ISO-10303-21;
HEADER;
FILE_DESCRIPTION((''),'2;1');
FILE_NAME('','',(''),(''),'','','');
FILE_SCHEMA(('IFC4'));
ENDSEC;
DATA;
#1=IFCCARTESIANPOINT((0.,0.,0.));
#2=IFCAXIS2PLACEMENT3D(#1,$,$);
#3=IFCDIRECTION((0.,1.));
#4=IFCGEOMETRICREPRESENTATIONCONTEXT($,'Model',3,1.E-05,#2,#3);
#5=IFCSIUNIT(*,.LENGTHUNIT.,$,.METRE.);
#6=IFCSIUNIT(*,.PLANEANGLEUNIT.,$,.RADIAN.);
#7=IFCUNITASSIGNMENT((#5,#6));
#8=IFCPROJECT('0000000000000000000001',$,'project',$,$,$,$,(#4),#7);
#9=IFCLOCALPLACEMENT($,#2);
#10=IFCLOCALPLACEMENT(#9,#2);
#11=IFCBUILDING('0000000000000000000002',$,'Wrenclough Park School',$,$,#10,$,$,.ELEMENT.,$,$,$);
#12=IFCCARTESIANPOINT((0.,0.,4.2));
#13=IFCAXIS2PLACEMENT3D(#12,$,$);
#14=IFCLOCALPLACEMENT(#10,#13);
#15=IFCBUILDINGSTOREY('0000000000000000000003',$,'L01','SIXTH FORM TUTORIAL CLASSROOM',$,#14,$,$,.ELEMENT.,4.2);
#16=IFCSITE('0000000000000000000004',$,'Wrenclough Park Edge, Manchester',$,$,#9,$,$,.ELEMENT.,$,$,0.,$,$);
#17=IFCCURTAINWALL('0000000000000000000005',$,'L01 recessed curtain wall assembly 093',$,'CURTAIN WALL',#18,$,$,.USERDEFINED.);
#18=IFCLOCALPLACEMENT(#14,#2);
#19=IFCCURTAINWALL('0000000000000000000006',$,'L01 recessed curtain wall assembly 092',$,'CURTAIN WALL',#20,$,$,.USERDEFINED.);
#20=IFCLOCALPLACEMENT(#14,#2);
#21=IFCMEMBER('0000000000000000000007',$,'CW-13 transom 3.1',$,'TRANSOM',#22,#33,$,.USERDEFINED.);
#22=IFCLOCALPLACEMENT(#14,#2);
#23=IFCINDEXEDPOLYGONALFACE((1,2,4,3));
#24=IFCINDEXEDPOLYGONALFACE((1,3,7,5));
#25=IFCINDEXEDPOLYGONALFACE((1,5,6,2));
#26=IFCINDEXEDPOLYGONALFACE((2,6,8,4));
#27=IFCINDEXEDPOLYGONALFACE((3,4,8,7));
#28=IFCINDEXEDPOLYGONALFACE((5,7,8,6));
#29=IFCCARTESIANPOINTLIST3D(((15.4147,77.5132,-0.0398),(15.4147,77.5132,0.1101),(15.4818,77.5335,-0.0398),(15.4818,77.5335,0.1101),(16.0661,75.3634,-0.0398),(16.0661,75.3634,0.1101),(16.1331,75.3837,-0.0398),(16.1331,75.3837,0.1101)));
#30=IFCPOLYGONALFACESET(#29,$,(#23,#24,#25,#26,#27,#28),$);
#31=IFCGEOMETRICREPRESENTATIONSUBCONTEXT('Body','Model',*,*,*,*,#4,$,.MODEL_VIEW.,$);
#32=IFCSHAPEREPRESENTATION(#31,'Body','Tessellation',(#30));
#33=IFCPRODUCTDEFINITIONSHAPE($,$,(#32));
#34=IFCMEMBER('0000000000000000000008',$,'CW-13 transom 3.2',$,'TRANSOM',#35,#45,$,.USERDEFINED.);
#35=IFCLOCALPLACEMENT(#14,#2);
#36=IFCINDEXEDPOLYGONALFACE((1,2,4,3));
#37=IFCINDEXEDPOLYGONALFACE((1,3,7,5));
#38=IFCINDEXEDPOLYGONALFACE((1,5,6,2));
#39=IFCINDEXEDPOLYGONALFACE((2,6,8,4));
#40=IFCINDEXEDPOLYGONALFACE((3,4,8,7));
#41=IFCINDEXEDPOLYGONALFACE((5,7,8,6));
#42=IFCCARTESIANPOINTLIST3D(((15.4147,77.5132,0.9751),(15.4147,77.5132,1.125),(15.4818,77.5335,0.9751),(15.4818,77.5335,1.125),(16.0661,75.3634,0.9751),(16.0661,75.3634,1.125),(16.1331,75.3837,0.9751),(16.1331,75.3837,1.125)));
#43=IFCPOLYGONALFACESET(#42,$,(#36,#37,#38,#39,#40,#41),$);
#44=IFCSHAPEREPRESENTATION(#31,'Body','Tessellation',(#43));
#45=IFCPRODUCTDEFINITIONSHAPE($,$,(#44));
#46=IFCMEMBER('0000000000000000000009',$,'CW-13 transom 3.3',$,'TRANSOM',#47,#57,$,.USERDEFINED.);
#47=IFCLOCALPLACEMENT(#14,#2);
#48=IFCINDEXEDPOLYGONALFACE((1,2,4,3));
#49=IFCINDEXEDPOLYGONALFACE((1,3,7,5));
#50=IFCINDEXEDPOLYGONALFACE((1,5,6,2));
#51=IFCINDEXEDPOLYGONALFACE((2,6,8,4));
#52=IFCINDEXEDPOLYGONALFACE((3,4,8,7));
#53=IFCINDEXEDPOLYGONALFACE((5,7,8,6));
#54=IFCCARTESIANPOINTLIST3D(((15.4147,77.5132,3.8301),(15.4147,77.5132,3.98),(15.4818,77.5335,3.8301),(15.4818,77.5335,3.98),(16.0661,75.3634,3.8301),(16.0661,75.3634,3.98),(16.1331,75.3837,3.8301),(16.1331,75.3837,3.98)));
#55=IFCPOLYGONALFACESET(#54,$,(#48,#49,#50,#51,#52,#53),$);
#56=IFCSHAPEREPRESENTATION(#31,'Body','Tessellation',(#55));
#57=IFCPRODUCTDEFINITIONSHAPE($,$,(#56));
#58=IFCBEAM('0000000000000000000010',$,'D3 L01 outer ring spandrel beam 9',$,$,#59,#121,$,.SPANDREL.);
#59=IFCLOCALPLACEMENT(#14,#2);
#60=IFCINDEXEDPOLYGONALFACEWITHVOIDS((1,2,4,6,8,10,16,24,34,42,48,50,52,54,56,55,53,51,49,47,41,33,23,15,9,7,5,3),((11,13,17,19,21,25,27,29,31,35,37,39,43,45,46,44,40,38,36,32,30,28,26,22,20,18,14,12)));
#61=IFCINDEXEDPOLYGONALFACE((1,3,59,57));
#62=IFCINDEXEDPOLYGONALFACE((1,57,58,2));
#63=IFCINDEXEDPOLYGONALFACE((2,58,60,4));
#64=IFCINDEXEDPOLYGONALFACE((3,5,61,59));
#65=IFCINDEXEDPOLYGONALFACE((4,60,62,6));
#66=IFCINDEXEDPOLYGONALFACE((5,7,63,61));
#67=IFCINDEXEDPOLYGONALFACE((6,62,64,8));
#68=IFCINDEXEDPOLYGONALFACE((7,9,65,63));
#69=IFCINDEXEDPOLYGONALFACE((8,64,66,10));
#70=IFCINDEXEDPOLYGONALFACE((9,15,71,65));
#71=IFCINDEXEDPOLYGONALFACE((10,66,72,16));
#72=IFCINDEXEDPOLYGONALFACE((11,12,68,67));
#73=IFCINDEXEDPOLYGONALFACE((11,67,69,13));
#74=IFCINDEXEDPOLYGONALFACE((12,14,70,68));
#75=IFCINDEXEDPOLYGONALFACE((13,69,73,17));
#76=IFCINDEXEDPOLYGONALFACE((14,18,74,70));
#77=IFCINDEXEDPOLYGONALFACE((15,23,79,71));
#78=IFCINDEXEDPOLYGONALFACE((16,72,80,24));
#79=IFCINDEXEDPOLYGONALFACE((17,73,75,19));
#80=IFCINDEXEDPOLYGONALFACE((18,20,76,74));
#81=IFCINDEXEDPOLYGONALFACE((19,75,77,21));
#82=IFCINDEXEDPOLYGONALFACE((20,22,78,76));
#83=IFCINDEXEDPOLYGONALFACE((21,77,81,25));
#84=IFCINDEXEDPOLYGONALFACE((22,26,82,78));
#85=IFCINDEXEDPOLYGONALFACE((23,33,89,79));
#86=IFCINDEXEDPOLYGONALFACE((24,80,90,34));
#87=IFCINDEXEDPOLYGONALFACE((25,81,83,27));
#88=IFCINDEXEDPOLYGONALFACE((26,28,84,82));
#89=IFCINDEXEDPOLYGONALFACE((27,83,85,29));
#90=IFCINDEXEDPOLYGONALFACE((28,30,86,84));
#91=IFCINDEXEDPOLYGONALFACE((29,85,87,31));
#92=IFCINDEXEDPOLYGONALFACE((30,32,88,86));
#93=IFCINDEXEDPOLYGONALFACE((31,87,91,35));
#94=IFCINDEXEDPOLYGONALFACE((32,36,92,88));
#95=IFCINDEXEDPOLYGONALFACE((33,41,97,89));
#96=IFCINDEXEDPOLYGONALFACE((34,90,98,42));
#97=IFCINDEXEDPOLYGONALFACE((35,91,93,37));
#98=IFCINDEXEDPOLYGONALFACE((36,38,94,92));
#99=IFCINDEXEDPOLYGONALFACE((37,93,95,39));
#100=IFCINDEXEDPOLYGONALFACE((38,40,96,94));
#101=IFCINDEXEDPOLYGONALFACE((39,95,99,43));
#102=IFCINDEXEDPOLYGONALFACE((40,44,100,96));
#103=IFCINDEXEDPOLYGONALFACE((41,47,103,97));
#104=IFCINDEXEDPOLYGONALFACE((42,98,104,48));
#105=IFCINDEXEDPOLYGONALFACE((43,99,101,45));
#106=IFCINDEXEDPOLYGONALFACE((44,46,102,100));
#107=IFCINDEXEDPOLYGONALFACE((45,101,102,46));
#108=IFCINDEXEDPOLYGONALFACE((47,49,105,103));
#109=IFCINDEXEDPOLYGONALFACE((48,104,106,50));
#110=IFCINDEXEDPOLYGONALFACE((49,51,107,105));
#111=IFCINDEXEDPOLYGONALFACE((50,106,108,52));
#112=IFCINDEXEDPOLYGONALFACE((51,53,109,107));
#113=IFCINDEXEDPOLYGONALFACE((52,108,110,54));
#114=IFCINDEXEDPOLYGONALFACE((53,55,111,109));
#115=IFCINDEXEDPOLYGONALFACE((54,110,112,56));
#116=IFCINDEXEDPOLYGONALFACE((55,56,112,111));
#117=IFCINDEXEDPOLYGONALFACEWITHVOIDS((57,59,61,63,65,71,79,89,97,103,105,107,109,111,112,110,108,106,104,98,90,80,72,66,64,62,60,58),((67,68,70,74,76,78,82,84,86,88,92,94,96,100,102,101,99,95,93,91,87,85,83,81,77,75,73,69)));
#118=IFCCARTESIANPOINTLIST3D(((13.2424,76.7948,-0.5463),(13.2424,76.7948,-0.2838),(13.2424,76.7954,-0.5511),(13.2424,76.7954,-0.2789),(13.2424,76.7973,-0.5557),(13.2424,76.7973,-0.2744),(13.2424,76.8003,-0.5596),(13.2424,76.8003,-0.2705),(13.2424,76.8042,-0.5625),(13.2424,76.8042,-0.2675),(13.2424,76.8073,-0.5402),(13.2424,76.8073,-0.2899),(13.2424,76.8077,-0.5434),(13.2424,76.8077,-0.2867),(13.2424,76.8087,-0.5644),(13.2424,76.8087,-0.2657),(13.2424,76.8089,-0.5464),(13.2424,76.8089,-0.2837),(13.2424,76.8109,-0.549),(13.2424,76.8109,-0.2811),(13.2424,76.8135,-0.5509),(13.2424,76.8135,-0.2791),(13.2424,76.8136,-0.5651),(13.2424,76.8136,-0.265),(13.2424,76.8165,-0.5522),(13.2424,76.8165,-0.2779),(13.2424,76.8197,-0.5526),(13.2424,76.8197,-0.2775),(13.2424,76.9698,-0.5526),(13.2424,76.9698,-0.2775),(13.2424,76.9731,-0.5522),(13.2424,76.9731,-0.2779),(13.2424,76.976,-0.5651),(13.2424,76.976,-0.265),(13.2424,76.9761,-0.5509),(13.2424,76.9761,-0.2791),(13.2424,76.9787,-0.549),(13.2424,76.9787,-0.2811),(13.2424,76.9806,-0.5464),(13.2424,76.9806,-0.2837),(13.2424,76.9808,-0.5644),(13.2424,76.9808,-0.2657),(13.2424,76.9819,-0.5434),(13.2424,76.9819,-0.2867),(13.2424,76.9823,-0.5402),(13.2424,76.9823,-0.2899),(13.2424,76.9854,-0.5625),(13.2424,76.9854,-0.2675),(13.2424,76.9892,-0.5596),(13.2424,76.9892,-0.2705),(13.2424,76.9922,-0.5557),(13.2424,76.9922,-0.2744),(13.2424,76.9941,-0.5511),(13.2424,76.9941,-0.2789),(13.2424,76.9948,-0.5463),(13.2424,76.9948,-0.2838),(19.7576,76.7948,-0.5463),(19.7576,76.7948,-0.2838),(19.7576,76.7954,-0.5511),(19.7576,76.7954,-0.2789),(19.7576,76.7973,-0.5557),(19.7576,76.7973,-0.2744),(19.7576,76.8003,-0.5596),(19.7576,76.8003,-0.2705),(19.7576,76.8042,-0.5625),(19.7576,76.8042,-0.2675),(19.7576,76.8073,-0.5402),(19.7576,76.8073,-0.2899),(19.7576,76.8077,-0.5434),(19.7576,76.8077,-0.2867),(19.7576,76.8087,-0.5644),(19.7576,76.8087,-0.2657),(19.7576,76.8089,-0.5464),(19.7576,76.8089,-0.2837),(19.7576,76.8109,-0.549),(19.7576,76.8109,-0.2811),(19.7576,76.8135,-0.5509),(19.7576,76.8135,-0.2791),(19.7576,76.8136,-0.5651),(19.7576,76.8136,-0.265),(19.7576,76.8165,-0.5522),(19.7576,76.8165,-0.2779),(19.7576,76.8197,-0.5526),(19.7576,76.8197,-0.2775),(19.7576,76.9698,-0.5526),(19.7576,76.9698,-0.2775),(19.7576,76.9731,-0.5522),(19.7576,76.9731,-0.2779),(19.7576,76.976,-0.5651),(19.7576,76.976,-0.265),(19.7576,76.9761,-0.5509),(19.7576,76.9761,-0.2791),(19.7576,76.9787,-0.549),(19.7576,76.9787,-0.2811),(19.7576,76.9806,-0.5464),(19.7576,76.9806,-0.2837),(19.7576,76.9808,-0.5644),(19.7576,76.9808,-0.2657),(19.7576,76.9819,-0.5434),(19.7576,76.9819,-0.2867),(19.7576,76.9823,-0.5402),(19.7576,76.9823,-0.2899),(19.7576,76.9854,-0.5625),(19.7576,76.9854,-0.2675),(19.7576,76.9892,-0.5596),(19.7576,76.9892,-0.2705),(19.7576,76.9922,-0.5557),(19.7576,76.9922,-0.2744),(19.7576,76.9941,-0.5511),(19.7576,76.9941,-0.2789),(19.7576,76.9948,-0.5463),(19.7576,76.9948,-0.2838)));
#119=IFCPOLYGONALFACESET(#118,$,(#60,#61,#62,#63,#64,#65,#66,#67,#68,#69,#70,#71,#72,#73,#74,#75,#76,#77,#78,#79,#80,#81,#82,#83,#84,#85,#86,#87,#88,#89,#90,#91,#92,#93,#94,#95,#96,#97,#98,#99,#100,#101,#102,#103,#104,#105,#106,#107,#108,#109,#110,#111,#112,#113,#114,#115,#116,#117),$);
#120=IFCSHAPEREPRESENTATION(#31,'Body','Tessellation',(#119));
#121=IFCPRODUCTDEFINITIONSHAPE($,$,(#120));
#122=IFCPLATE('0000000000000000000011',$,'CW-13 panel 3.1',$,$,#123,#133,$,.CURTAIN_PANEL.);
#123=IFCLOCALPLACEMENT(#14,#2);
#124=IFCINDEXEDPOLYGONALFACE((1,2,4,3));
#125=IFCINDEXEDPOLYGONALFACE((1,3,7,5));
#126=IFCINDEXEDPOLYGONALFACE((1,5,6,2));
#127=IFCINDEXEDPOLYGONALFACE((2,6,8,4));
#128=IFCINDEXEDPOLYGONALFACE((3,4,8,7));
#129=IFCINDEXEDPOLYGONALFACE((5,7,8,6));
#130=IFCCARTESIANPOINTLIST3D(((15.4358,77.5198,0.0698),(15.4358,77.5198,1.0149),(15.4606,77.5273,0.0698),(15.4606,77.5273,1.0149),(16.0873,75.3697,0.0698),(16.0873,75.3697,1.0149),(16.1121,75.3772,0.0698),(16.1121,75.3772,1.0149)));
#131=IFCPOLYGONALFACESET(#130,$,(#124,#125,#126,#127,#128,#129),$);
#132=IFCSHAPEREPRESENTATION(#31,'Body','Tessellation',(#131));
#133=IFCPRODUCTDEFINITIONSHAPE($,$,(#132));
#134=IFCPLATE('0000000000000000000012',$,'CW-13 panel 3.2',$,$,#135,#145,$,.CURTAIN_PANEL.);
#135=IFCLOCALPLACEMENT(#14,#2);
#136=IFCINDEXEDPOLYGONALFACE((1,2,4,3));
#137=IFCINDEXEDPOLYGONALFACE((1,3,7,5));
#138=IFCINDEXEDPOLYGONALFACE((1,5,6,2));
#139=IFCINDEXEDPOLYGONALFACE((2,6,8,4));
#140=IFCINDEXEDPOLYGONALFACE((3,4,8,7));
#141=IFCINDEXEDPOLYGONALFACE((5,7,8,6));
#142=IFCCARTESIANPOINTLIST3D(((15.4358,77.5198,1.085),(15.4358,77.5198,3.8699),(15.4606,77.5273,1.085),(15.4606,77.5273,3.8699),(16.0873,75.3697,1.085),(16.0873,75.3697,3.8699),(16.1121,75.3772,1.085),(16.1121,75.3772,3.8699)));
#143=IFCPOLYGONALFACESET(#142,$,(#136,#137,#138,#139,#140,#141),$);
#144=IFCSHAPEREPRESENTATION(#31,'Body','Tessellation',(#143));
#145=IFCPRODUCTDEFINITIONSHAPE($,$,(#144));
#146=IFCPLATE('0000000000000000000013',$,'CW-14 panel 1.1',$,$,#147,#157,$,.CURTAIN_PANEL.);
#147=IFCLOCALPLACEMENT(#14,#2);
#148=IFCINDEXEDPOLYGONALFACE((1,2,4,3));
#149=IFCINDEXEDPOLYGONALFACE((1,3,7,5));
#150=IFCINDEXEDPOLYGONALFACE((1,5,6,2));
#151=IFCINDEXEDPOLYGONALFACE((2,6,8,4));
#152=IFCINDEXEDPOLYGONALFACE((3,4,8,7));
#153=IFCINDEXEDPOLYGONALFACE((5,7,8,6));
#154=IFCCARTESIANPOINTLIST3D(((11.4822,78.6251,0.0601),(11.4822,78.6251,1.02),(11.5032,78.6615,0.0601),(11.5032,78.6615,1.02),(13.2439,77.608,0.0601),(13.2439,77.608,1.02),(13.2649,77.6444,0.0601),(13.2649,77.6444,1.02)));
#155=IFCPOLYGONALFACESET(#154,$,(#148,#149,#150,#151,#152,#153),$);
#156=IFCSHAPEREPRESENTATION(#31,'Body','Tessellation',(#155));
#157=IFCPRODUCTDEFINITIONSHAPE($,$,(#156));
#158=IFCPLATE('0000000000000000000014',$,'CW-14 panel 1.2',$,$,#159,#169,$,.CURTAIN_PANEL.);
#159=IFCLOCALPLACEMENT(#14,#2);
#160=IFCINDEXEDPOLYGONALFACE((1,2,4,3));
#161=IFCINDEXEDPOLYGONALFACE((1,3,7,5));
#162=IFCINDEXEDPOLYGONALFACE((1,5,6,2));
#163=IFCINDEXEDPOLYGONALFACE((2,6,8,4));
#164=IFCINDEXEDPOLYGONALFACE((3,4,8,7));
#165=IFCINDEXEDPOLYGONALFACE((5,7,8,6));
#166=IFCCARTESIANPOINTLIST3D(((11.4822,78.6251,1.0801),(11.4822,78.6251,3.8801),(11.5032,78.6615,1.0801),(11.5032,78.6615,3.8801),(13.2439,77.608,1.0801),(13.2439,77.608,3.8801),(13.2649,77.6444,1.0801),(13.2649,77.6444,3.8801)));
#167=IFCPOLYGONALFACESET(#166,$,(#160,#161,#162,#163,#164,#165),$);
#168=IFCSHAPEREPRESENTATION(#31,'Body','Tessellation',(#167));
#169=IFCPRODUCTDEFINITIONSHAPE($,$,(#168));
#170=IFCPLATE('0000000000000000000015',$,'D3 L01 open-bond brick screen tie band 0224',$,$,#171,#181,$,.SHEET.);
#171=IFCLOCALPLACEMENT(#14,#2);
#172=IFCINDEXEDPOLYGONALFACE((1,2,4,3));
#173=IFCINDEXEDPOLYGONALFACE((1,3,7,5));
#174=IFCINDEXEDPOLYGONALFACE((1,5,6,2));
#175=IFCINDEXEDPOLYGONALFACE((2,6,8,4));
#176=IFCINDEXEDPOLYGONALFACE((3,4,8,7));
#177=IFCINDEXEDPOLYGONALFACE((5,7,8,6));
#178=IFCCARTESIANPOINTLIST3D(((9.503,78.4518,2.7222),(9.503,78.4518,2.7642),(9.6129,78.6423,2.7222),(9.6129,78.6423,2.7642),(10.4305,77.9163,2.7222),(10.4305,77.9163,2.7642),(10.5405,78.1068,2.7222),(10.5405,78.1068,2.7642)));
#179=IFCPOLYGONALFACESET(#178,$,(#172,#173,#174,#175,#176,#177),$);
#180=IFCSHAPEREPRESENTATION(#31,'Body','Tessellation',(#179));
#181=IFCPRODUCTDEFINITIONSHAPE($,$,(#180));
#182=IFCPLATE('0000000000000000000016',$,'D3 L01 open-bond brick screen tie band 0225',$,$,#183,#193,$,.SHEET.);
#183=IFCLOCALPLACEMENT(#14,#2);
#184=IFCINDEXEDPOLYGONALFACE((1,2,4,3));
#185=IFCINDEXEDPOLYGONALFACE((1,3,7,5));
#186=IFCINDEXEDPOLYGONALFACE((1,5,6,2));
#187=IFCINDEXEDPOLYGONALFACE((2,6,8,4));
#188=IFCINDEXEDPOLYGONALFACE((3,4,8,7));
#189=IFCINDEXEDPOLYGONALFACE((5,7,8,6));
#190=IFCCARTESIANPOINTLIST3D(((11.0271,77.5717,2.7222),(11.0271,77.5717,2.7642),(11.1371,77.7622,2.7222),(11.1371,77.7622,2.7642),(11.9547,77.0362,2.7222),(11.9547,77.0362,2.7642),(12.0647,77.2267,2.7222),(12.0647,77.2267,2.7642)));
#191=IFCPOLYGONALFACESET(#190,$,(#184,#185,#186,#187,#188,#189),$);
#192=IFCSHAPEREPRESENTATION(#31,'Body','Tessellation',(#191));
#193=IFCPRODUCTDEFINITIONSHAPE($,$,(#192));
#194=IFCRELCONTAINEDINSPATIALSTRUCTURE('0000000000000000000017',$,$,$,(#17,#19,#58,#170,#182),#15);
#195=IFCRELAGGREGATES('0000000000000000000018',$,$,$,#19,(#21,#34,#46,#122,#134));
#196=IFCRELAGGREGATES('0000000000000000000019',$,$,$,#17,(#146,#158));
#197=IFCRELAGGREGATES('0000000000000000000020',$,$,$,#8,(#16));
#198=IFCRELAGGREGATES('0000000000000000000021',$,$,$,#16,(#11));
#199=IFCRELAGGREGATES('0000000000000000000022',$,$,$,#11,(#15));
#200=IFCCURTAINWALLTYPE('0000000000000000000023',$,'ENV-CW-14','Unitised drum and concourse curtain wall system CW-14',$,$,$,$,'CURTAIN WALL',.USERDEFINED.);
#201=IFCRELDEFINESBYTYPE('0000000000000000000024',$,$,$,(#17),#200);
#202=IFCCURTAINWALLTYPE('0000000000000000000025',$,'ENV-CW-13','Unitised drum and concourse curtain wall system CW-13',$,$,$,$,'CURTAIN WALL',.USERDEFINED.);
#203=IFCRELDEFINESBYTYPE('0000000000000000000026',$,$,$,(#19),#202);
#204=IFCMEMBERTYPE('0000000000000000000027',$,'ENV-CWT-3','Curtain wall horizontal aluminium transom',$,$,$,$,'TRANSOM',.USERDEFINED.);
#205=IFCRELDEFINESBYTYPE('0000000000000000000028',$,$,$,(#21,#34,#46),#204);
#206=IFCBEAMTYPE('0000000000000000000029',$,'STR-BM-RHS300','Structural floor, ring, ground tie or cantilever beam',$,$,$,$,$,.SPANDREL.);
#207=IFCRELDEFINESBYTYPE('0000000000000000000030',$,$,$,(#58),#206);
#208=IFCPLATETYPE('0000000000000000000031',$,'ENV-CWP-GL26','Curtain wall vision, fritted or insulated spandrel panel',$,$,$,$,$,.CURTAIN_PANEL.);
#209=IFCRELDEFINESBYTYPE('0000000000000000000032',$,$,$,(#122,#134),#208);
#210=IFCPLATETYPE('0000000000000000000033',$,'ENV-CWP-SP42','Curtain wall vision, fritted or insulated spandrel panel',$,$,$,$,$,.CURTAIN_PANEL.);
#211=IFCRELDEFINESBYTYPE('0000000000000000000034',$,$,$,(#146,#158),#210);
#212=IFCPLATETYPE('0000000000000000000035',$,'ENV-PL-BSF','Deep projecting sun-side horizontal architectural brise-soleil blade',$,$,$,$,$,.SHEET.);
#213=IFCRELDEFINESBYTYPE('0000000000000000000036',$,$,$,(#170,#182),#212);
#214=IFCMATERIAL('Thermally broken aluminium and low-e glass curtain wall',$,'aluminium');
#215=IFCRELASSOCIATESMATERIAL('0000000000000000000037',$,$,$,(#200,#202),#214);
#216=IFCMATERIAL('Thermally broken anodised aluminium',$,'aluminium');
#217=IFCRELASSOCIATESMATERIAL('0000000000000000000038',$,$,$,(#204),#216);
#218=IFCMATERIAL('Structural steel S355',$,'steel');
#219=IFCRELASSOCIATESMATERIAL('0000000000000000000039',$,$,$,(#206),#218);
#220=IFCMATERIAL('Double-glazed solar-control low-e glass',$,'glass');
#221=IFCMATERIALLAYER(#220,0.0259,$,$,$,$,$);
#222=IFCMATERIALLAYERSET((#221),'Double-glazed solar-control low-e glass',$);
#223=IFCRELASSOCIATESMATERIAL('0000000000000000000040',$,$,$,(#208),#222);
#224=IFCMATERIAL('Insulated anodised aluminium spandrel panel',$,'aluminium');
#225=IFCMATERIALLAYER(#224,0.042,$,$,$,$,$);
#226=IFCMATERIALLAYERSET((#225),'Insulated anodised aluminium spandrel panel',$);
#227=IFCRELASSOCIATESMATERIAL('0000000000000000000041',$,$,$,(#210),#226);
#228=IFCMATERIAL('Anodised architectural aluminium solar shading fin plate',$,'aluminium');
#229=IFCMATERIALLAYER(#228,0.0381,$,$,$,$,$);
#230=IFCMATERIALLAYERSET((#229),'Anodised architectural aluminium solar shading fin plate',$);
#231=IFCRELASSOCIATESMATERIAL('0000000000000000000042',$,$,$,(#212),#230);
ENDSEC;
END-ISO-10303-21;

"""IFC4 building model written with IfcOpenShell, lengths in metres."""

from ifc_helpers import new_model, si_unit, direction, frame, origin, origin_2d, place, context, subcontext, project, spatial, rectangle, hollow_rectangle, extrude, material, layer, layer_set, material_profile, profile_set, type_object, element, aggregate, save


model = new_model("IFC4")

# Units and contexts
model_context = context("Model", 3, precision=1e-05, world=origin(), true_north=direction((0.0, 1.0)))
body_context = subcontext(model_context, "Body", "Model", "MODEL_VIEW")
ifc_project = project(units=[si_unit("LENGTHUNIT", "METRE"), si_unit("PLANEANGLEUNIT", "RADIAN")], contexts=[model_context])

# Site, building, storey
site_placement = place(None, origin())
site = spatial("IfcSite", under=ifc_project, at=site_placement, Name="Wrenclough Park Edge, Manchester", CompositionType="ELEMENT", RefElevation=0.0)
building_placement = place(site_placement, origin())
building = spatial("IfcBuilding", under=site, at=building_placement, Name="Wrenclough Park School", CompositionType="ELEMENT")
storey_placement = place(building_placement, frame((0.0, 0.0, 4.2)))
storey = spatial("IfcBuildingStorey", under=building, at=storey_placement, Name="L01", Description="SIXTH FORM TUTORIAL CLASSROOM", CompositionType="ELEMENT", Elevation=4.2)

# Shared definitions
ifc_material_1 = material(Name="Structural steel S355", Category="steel")

# Curtain walls
ifc_material_2 = material(Name="Thermally broken aluminium and low-e glass curtain wall", Category="aluminium")
curtain_wall_type_1 = type_object("IfcCurtainWallType", Name="ENV-CW-14", Description="Unitised drum and concourse curtain wall system CW-14", ElementType="CURTAIN WALL", PredefinedType="USERDEFINED", material=ifc_material_2)
curtain_wall_1_placement = place(storey_placement, origin())
curtain_wall_1 = element("IfcCurtainWall", 1, at=curtain_wall_1_placement, inside=storey, type_object=curtain_wall_type_1, Name="L01 recessed curtain wall assembly 093", ObjectType="CURTAIN WALL", PredefinedType="USERDEFINED")
ifc_material_3 = material(Name="Thermally broken anodised aluminium", Category="aluminium")
curtain_wall_type_2 = type_object("IfcCurtainWallType", Name="ENV-CW-13", Description="Unitised drum and concourse curtain wall system CW-13", ElementType="CURTAIN WALL", PredefinedType="USERDEFINED", material=ifc_material_2)
curtain_wall_2_placement = place(storey_placement, origin())
curtain_wall_2 = element("IfcCurtainWall", 2, at=curtain_wall_2_placement, inside=storey, type_object=curtain_wall_type_2, Name="L01 recessed curtain wall assembly 092", ObjectType="CURTAIN WALL", PredefinedType="USERDEFINED")

# Members
ifc_material_profile_1 = material_profile(ifc_material_3, rectangle(XDim=0.0701, YDim=0.1499, at=origin_2d()), Name="AL TRANSOM 70x150")
ifc_profile_set_1 = profile_set([ifc_material_profile_1], Name="Thermally broken anodised aluminium")
member_type_1 = type_object("IfcMemberType", Name="ENV-CWT-3", Description="Curtain wall horizontal aluminium transom", ElementType="TRANSOM", PredefinedType="USERDEFINED", material=ifc_profile_set_1)
member_1_placement = place(storey_placement, frame((16.0996, 75.3735, 0.0352), z_axis=(-0.289959, 0.957039, 0.0), x_axis=(-0.957039, -0.289959, 0.0)))
member_1 = element("IfcMember", 3, at=member_1_placement, type_object=member_type_1, Name="CW-13 transom 3.1", ObjectType="TRANSOM", PredefinedType="USERDEFINED", context=body_context, shape_type="SweptSolid", body=[
    extrude(rectangle(XDim=0.0701, YDim=0.1499, at=origin_2d()), origin(), (0.0, 0.0, 1.0), 2.2463),
])
member_2_placement = place(storey_placement, frame((16.0996, 75.3735, 1.05), z_axis=(-0.289959, 0.957039, 0.0), x_axis=(-0.957039, -0.289959, 0.0)))
member_2 = element("IfcMember", 4, at=member_2_placement, type_object=member_type_1, Name="CW-13 transom 3.2", ObjectType="TRANSOM", PredefinedType="USERDEFINED", context=body_context, shape_type="SweptSolid", body=[
    extrude(rectangle(XDim=0.0701, YDim=0.1499, at=origin_2d()), origin(), (0.0, 0.0, 1.0), 2.2463),
])
member_3_placement = place(storey_placement, frame((16.0996, 75.3735, 3.905), z_axis=(-0.289959, 0.957039, 0.0), x_axis=(-0.957039, -0.289959, 0.0)))
member_3 = element("IfcMember", 5, at=member_3_placement, type_object=member_type_1, Name="CW-13 transom 3.3", ObjectType="TRANSOM", PredefinedType="USERDEFINED", context=body_context, shape_type="SweptSolid", body=[
    extrude(rectangle(XDim=0.0701, YDim=0.1499, at=origin_2d()), origin(), (0.0, 0.0, 1.0), 2.2463),
])

# Beam
ifc_material_profile_2 = material_profile(ifc_material_1, hollow_rectangle(XDim=0.2, YDim=0.3, WallThickness=0.0125, InnerFilletRadius=0.0125, OuterFilletRadius=0.0188, at=origin_2d()), Name="RHS 300x200x12.5")
ifc_profile_set_2 = profile_set([ifc_material_profile_2], Name="Structural steel S355")
beam_type = type_object("IfcBeamType", Name="STR-BM-RHS300", Description="Structural floor, ring, ground tie or cantilever beam", PredefinedType="SPANDREL", material=ifc_profile_set_2)
beam_placement = place(storey_placement, frame((13.2424, 76.8948, -0.415), z_axis=(1.0, 0.0, 0.0), x_axis=(0.0, 1.0, 0.0)))
element("IfcBeam", 6, at=beam_placement, inside=storey, type_object=beam_type, Name="D3 L01 outer ring spandrel beam 9", PredefinedType="SPANDREL", context=body_context, shape_type="SweptSolid", body=[
    extrude(hollow_rectangle(XDim=0.2, YDim=0.3, WallThickness=0.0125, InnerFilletRadius=0.0125, OuterFilletRadius=0.0188, at=origin_2d()), origin(), (0.0, 0.0, 1.0), 6.5151),
])

# Plates
ifc_material_4 = material(Name="Double-glazed solar-control low-e glass", Category="glass")
ifc_layer_1 = layer(ifc_material_4, 0.0259)
ifc_layer_set_1 = layer_set([ifc_layer_1], Name="Double-glazed solar-control low-e glass")
plate_type_1 = type_object("IfcPlateType", Name="ENV-CWP-GL26", Description="Curtain wall vision, fritted or insulated spandrel panel", PredefinedType="CURTAIN_PANEL", material=ifc_layer_set_1)
plate_1_placement = place(storey_placement, frame((15.7739, 76.4485, 0.0698), z_axis=(0.0, 0.0, 1.0), x_axis=(-0.289988, 0.95703, 0.0)))
plate_1 = element("IfcPlate", 7, at=plate_1_placement, type_object=plate_type_1, Name="CW-13 panel 3.1", PredefinedType="CURTAIN_PANEL", context=body_context, shape_type="SweptSolid", body=[
    extrude(rectangle(XDim=2.2466, YDim=0.0259, at=origin_2d()), origin(), (0.0, 0.0, 1.0), 0.9451),
])
plate_2_placement = place(storey_placement, frame((15.7739, 76.4485, 1.085), z_axis=(0.0, 0.0, 1.0), x_axis=(-0.289988, 0.95703, 0.0)))
plate_2 = element("IfcPlate", 8, at=plate_2_placement, type_object=plate_type_1, Name="CW-13 panel 3.2", PredefinedType="CURTAIN_PANEL", context=body_context, shape_type="SweptSolid", body=[
    extrude(rectangle(XDim=2.2466, YDim=0.0259, at=origin_2d()), origin(), (0.0, 0.0, 1.0), 2.7849),
])
aggregate(curtain_wall_2, [member_1, member_2, member_3, plate_1, plate_2])
ifc_material_5 = material(Name="Insulated anodised aluminium spandrel panel", Category="aluminium")
ifc_layer_2 = layer(ifc_material_5, 0.042)
ifc_layer_set_2 = layer_set([ifc_layer_2], Name="Insulated anodised aluminium spandrel panel")
plate_type_2 = type_object("IfcPlateType", Name="ENV-CWP-SP42", Description="Curtain wall vision, fritted or insulated spandrel panel", PredefinedType="CURTAIN_PANEL", material=ifc_layer_set_2)
plate_3_placement = place(storey_placement, frame((12.3735, 78.1348, 0.0601), z_axis=(0.0, 0.0, 1.0), x_axis=(-0.866026, 0.499999, 0.0)))
plate_3 = element("IfcPlate", 9, at=plate_3_placement, type_object=plate_type_2, Name="CW-14 panel 1.1", PredefinedType="CURTAIN_PANEL", context=body_context, shape_type="SweptSolid", body=[
    extrude(rectangle(XDim=2.0342, YDim=0.042, at=origin_2d()), origin(), (0.0, 0.0, 1.0), 0.96),
])
plate_4_placement = place(storey_placement, frame((12.3735, 78.1348, 1.0801), z_axis=(0.0, 0.0, 1.0), x_axis=(-0.866026, 0.499999, 0.0)))
plate_4 = element("IfcPlate", 10, at=plate_4_placement, type_object=plate_type_2, Name="CW-14 panel 1.2", PredefinedType="CURTAIN_PANEL", context=body_context, shape_type="SweptSolid", body=[
    extrude(rectangle(XDim=2.0342, YDim=0.042, at=origin_2d()), origin(), (0.0, 0.0, 1.0), 2.8),
])
aggregate(curtain_wall_1, [plate_3, plate_4])

# Plates
ifc_material_6 = material(Name="Anodised architectural aluminium solar shading fin plate", Category="aluminium")
ifc_layer_3 = layer(ifc_material_6, 0.0381)
ifc_layer_set_3 = layer_set([ifc_layer_3], Name="Anodised architectural aluminium solar shading fin plate")
plate_type_3 = type_object("IfcPlateType", Name="ENV-PL-BSF", Description="Deep projecting sun-side horizontal architectural brise-soleil blade", PredefinedType="SHEET", material=ifc_layer_set_3)
for number, where, z_axis, x_axis, name in (
    (11, (10.0217, 78.2793, 2.7222), (0.0, 0.0, 1.0), (0.866031, -0.499991, 0.0), "D3 L01 open-bond brick screen tie band 0224"),
    (12, (11.5459, 77.3992, 2.7222), (0.0, 0.0, 1.0), (0.866031, -0.499991, 0.0), "D3 L01 open-bond brick screen tie band 0225"),
):
    element("IfcPlate", number, at=place(storey_placement, frame(where, z_axis=z_axis, x_axis=x_axis)), inside=storey, type_object=plate_type_3, Name=name, PredefinedType="SHEET", context=body_context, shape_type="SweptSolid", body=[
        extrude(rectangle(XDim=1.071, YDim=0.22, at=origin_2d()), origin(), (0.0, 0.0, 1.0), 0.042),
    ])

save(model, "model.ifc")
